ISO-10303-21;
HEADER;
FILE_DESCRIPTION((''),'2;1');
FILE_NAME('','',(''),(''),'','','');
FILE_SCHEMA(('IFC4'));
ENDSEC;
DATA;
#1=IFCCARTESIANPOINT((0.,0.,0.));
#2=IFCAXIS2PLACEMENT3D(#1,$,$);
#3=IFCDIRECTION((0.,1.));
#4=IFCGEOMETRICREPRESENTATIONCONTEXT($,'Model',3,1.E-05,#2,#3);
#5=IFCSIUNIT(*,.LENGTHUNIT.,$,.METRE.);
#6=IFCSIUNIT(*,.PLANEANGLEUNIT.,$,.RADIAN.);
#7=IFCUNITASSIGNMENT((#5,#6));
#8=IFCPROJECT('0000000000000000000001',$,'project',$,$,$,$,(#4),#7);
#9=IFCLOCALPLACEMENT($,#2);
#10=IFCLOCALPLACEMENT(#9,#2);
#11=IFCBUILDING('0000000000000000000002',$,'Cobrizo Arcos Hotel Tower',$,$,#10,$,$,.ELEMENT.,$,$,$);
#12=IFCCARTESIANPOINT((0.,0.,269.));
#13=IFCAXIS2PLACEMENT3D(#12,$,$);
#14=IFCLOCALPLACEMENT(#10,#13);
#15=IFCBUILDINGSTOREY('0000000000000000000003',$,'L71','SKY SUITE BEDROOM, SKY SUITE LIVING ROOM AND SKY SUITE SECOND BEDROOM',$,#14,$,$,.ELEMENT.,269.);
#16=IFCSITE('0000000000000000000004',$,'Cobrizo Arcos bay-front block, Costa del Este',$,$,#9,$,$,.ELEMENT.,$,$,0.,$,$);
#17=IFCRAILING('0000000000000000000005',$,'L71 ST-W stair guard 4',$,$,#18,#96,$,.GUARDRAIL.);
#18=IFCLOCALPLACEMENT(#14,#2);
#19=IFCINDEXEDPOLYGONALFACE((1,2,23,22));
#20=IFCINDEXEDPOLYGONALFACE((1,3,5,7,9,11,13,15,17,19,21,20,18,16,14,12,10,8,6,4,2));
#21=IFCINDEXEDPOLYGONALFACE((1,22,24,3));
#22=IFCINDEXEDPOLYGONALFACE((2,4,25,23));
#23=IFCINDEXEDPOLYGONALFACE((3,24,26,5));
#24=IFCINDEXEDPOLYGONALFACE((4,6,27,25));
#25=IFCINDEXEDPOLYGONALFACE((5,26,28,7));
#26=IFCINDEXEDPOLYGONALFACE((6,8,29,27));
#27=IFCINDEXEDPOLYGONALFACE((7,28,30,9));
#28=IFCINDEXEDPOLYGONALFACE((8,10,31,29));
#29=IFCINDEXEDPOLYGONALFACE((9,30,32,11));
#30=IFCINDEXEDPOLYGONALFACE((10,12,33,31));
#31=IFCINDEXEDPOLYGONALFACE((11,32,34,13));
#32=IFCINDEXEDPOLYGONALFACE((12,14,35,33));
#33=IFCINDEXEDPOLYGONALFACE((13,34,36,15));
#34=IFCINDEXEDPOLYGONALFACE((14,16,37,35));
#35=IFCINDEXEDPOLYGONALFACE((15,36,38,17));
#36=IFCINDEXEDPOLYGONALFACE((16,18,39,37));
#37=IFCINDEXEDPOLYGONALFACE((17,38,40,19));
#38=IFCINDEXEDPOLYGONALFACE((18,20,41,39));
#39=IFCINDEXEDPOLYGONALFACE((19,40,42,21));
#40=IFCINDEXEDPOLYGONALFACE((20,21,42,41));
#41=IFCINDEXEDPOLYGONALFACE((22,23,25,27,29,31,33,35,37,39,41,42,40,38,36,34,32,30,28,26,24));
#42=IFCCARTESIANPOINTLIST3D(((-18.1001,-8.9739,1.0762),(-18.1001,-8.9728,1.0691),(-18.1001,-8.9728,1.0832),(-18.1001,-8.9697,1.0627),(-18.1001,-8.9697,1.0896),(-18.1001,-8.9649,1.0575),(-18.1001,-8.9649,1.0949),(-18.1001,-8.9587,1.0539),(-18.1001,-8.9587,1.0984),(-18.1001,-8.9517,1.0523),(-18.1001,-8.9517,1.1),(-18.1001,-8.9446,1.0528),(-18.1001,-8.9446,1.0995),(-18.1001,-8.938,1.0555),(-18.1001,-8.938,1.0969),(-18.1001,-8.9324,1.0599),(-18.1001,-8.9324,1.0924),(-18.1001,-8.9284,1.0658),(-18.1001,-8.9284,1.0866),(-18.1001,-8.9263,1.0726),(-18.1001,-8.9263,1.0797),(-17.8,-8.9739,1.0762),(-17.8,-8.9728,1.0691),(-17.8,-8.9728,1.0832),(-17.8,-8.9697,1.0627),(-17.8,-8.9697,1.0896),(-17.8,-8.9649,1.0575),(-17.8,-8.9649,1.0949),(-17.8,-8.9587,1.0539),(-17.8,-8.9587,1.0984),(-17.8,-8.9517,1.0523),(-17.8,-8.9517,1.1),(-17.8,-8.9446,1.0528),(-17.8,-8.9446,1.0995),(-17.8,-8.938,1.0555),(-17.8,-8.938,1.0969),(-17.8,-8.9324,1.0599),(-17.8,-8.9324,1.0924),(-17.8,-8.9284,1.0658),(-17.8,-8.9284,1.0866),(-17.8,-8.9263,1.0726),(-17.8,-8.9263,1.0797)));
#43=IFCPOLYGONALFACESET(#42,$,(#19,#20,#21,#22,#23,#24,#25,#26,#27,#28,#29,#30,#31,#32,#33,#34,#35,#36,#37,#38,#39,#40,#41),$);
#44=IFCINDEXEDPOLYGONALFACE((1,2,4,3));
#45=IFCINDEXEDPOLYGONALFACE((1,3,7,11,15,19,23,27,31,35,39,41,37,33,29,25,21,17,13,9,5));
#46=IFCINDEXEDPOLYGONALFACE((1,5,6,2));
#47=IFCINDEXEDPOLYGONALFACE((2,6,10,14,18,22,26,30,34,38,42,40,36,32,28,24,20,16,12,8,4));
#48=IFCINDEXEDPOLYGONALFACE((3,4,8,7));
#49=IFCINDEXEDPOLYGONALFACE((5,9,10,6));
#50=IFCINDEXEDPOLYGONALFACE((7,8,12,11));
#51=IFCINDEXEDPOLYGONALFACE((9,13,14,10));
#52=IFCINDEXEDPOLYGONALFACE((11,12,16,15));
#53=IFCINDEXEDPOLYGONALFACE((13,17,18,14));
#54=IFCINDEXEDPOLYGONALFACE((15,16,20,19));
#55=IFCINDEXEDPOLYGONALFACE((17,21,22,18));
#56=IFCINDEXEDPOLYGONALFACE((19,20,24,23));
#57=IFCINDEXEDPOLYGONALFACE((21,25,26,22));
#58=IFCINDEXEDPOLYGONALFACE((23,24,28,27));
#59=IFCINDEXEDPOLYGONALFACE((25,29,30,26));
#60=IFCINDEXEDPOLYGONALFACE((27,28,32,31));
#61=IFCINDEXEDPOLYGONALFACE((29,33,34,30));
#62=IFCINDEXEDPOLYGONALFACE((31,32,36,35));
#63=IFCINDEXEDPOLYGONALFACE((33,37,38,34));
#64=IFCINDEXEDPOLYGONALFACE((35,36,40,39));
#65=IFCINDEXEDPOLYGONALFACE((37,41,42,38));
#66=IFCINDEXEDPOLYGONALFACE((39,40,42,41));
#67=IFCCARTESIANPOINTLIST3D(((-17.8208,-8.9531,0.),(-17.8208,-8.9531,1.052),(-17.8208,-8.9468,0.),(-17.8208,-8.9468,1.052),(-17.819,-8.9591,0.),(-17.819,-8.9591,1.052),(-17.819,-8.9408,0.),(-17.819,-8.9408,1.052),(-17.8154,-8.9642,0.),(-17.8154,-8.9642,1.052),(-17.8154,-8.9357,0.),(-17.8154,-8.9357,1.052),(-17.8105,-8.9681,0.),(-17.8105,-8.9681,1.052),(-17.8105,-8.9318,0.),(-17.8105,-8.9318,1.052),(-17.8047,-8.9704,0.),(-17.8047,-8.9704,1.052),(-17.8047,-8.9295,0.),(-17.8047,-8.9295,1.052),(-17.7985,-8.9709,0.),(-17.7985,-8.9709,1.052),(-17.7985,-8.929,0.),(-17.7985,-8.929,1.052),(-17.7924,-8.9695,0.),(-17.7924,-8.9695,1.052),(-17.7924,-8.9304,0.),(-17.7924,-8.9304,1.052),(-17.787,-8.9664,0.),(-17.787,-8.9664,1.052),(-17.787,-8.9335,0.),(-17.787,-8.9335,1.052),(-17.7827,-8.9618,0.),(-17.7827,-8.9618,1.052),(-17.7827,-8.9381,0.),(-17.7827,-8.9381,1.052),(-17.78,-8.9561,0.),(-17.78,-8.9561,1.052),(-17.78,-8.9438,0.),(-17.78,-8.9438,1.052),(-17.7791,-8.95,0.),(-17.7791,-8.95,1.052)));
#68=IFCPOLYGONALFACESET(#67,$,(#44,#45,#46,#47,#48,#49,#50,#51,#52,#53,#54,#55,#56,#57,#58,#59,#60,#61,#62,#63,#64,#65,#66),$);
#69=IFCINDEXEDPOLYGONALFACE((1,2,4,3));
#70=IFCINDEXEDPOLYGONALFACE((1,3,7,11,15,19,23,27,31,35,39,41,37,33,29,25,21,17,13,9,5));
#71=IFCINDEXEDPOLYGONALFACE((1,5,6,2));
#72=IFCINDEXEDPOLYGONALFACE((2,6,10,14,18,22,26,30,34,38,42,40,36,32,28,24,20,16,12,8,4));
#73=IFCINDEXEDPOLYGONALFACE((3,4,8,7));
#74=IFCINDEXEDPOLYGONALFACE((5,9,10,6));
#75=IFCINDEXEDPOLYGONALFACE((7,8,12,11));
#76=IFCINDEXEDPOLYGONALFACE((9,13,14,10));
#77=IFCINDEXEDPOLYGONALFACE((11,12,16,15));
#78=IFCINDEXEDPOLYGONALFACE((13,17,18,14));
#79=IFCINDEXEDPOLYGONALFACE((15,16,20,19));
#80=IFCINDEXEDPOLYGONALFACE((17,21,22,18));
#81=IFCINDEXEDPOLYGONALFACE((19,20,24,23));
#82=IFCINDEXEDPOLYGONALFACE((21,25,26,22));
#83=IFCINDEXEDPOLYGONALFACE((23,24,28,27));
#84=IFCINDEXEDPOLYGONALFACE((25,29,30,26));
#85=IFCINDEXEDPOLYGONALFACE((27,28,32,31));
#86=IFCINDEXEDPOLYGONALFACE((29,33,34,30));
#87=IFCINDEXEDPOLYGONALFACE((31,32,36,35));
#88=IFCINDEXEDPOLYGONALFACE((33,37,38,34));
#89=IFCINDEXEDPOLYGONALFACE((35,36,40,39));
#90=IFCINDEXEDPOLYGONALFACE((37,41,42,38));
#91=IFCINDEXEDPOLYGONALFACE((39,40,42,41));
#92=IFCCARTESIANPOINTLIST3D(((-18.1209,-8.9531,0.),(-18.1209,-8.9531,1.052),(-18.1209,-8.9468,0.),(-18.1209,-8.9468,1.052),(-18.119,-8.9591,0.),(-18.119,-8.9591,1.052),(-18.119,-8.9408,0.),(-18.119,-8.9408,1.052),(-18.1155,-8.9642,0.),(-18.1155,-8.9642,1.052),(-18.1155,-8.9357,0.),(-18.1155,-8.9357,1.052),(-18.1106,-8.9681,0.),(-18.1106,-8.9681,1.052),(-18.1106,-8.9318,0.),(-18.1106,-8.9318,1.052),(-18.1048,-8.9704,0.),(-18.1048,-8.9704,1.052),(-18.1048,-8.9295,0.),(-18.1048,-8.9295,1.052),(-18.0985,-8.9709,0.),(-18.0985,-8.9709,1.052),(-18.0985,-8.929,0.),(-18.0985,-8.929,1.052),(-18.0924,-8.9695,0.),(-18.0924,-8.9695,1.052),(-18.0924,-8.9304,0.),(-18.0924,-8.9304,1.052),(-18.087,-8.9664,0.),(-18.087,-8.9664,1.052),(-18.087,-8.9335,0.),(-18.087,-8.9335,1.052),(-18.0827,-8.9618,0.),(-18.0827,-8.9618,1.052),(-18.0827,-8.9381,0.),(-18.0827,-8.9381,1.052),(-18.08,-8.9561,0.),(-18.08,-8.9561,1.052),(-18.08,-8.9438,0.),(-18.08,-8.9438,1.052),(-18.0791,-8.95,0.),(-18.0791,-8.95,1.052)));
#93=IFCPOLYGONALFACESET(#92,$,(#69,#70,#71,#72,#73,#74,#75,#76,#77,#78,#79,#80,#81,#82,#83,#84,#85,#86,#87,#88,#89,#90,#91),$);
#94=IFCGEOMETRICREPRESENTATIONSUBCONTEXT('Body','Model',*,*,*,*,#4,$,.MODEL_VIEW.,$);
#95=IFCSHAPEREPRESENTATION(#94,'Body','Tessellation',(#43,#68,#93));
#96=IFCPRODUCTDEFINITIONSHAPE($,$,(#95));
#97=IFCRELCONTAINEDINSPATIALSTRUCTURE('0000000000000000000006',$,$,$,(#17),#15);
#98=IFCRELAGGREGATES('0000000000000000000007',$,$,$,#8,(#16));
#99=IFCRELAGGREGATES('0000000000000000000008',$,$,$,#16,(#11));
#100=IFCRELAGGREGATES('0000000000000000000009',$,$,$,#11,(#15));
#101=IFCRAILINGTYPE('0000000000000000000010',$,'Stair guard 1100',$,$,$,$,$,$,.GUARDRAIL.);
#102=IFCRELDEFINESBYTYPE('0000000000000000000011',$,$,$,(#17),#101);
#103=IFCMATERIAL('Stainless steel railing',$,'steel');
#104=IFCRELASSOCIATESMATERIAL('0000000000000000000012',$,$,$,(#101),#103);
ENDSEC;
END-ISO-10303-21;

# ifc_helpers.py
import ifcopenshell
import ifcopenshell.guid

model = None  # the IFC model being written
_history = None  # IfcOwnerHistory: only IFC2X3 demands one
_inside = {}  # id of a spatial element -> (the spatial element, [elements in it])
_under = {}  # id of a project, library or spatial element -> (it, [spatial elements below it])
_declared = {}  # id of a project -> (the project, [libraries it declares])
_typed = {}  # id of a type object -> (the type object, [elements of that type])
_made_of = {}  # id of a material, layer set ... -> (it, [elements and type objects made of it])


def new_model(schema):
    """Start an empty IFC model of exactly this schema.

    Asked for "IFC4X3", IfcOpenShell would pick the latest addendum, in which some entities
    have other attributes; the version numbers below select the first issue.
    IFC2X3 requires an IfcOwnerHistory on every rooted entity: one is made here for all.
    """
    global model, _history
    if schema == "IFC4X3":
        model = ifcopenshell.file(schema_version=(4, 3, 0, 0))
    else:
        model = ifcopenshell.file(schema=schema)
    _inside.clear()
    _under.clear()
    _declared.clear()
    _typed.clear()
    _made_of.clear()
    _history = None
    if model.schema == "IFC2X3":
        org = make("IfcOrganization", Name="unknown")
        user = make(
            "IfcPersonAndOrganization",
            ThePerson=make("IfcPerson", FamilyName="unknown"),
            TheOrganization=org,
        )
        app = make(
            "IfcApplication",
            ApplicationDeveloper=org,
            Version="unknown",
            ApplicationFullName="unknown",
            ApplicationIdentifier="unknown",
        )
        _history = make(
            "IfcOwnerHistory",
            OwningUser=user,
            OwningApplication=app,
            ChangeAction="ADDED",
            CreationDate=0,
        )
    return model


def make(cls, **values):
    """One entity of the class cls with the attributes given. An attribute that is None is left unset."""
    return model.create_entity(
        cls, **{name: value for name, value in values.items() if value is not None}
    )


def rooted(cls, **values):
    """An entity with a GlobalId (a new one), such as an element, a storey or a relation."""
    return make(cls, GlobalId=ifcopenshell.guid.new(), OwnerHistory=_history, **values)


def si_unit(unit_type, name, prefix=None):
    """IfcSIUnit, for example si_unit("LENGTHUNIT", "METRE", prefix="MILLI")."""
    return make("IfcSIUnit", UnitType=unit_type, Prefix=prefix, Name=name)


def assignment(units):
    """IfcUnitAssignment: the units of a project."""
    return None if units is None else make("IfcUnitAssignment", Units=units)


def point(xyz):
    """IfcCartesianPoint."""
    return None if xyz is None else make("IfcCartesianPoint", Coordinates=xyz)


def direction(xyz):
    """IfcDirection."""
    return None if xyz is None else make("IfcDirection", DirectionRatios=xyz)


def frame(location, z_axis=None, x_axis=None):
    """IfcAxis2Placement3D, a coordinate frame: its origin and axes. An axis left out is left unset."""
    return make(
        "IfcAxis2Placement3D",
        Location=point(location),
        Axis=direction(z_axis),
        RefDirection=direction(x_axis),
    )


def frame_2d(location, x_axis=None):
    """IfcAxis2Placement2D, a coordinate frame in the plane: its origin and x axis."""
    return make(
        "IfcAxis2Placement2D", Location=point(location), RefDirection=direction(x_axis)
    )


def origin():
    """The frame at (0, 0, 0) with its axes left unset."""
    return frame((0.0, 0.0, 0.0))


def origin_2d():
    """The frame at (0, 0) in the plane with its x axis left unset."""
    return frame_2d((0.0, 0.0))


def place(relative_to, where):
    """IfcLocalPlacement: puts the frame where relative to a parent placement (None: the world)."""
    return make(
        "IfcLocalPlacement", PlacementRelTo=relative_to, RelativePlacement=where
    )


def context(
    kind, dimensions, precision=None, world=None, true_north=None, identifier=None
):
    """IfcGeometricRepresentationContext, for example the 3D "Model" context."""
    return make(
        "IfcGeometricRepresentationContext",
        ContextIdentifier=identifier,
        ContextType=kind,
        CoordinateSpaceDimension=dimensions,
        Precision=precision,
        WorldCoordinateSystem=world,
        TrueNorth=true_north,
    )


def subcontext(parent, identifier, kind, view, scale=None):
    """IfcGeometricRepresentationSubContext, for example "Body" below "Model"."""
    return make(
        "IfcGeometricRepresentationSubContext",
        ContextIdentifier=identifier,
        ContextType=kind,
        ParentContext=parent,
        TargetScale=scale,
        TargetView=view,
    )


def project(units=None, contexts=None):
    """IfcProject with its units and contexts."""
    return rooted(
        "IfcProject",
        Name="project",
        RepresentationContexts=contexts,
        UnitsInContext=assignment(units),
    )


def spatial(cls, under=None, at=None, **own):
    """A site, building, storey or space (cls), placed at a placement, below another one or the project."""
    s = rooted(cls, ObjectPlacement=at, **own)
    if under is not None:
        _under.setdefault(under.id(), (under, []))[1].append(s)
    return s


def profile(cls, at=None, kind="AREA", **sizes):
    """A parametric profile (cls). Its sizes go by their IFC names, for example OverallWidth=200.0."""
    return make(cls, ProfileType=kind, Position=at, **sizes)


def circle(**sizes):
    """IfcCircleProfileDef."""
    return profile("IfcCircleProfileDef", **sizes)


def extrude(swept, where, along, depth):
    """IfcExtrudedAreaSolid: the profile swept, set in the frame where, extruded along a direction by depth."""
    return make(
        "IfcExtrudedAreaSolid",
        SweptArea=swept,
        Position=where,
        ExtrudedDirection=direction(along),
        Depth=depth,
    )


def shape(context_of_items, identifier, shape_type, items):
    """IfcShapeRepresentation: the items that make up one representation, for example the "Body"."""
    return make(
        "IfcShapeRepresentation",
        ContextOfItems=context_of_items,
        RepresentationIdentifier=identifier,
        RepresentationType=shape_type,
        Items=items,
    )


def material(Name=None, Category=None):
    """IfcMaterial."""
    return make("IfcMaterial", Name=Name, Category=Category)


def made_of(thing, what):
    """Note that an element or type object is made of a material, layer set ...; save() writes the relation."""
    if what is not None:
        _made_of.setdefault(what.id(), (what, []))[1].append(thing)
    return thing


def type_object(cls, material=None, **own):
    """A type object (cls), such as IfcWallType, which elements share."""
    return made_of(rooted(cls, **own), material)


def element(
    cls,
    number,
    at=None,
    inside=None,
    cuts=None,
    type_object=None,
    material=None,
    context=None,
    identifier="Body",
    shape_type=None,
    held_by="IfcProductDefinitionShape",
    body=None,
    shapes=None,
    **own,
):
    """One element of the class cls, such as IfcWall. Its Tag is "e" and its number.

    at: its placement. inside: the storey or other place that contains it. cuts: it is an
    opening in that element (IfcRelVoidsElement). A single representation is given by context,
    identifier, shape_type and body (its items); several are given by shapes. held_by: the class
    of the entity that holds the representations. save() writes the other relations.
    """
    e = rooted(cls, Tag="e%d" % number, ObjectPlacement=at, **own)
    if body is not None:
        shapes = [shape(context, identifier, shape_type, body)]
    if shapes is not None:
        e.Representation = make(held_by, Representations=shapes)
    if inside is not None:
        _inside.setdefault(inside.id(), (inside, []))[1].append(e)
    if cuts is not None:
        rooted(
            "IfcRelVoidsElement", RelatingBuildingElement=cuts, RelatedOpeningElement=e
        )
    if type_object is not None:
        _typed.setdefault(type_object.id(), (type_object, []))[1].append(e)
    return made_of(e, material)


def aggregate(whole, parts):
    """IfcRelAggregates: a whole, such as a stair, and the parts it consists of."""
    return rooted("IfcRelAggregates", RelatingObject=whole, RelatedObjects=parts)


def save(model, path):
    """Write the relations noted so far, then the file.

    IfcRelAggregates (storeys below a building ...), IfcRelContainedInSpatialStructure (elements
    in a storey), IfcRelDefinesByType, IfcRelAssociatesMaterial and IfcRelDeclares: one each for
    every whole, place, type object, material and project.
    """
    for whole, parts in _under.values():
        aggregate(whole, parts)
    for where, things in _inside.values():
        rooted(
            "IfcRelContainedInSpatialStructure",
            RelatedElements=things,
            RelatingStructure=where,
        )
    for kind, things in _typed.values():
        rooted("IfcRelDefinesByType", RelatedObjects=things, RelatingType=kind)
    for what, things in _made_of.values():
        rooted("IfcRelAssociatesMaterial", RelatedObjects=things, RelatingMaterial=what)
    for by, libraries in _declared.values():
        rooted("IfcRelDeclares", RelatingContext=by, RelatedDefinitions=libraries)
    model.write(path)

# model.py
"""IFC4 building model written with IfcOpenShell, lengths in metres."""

from ifc_helpers import new_model, si_unit, direction, frame, origin, origin_2d, place, context, subcontext, project, spatial, circle, extrude, material, type_object, element, save


model = new_model("IFC4")

# Units and contexts
model_context = context("Model", 3, precision=1e-05, world=origin(), true_north=direction((0.0, 1.0)))
body_context = subcontext(model_context, "Body", "Model", "MODEL_VIEW")
ifc_project = project(units=[si_unit("LENGTHUNIT", "METRE"), si_unit("PLANEANGLEUNIT", "RADIAN")], contexts=[model_context])

# Site, building, storey
site_placement = place(None, origin())
site = spatial("IfcSite", under=ifc_project, at=site_placement, Name="Cobrizo Arcos bay-front block, Costa del Este", CompositionType="ELEMENT", RefElevation=0.0)
building_placement = place(site_placement, origin())
building = spatial("IfcBuilding", under=site, at=building_placement, Name="Cobrizo Arcos Hotel Tower", CompositionType="ELEMENT")
storey_placement = place(building_placement, frame((0.0, 0.0, 269.0)))
storey = spatial("IfcBuildingStorey", under=building, at=storey_placement, Name="L71", Description="SKY SUITE BEDROOM, SKY SUITE LIVING ROOM AND SKY SUITE SECOND BEDROOM", CompositionType="ELEMENT", Elevation=269.0)

# Railing
ifc_material_1 = material(Name="Stainless steel railing", Category="steel")
railing_type_1 = type_object("IfcRailingType", Name="Stair guard 1100", PredefinedType="GUARDRAIL", material=ifc_material_1)
railing_1_placement = place(storey_placement, frame((-17.8, -8.95, 0.0)))
element("IfcRailing", 1, at=railing_1_placement, inside=storey, type_object=railing_type_1, Name="L71 ST-W stair guard 4", PredefinedType="GUARDRAIL", context=body_context, shape_type="SweptSolid", body=[
    extrude(circle(Radius=0.0239, at=origin_2d()), frame((0.0, 0.0, 1.0762), z_axis=(-1.0, 0.0, 0.0), x_axis=(0.0, -1.0, 0.0)), (0.0, 0.0, 1.0), 0.3),
    extrude(circle(Radius=0.021, at=origin_2d()), origin(), (0.0, 0.0, 1.0), 1.052),
    extrude(circle(Radius=0.021, at=origin_2d()), frame((-0.3, 0.0, 0.0)), (0.0, 0.0, 1.0), 1.052),
])

save(model, "model.ifc")
